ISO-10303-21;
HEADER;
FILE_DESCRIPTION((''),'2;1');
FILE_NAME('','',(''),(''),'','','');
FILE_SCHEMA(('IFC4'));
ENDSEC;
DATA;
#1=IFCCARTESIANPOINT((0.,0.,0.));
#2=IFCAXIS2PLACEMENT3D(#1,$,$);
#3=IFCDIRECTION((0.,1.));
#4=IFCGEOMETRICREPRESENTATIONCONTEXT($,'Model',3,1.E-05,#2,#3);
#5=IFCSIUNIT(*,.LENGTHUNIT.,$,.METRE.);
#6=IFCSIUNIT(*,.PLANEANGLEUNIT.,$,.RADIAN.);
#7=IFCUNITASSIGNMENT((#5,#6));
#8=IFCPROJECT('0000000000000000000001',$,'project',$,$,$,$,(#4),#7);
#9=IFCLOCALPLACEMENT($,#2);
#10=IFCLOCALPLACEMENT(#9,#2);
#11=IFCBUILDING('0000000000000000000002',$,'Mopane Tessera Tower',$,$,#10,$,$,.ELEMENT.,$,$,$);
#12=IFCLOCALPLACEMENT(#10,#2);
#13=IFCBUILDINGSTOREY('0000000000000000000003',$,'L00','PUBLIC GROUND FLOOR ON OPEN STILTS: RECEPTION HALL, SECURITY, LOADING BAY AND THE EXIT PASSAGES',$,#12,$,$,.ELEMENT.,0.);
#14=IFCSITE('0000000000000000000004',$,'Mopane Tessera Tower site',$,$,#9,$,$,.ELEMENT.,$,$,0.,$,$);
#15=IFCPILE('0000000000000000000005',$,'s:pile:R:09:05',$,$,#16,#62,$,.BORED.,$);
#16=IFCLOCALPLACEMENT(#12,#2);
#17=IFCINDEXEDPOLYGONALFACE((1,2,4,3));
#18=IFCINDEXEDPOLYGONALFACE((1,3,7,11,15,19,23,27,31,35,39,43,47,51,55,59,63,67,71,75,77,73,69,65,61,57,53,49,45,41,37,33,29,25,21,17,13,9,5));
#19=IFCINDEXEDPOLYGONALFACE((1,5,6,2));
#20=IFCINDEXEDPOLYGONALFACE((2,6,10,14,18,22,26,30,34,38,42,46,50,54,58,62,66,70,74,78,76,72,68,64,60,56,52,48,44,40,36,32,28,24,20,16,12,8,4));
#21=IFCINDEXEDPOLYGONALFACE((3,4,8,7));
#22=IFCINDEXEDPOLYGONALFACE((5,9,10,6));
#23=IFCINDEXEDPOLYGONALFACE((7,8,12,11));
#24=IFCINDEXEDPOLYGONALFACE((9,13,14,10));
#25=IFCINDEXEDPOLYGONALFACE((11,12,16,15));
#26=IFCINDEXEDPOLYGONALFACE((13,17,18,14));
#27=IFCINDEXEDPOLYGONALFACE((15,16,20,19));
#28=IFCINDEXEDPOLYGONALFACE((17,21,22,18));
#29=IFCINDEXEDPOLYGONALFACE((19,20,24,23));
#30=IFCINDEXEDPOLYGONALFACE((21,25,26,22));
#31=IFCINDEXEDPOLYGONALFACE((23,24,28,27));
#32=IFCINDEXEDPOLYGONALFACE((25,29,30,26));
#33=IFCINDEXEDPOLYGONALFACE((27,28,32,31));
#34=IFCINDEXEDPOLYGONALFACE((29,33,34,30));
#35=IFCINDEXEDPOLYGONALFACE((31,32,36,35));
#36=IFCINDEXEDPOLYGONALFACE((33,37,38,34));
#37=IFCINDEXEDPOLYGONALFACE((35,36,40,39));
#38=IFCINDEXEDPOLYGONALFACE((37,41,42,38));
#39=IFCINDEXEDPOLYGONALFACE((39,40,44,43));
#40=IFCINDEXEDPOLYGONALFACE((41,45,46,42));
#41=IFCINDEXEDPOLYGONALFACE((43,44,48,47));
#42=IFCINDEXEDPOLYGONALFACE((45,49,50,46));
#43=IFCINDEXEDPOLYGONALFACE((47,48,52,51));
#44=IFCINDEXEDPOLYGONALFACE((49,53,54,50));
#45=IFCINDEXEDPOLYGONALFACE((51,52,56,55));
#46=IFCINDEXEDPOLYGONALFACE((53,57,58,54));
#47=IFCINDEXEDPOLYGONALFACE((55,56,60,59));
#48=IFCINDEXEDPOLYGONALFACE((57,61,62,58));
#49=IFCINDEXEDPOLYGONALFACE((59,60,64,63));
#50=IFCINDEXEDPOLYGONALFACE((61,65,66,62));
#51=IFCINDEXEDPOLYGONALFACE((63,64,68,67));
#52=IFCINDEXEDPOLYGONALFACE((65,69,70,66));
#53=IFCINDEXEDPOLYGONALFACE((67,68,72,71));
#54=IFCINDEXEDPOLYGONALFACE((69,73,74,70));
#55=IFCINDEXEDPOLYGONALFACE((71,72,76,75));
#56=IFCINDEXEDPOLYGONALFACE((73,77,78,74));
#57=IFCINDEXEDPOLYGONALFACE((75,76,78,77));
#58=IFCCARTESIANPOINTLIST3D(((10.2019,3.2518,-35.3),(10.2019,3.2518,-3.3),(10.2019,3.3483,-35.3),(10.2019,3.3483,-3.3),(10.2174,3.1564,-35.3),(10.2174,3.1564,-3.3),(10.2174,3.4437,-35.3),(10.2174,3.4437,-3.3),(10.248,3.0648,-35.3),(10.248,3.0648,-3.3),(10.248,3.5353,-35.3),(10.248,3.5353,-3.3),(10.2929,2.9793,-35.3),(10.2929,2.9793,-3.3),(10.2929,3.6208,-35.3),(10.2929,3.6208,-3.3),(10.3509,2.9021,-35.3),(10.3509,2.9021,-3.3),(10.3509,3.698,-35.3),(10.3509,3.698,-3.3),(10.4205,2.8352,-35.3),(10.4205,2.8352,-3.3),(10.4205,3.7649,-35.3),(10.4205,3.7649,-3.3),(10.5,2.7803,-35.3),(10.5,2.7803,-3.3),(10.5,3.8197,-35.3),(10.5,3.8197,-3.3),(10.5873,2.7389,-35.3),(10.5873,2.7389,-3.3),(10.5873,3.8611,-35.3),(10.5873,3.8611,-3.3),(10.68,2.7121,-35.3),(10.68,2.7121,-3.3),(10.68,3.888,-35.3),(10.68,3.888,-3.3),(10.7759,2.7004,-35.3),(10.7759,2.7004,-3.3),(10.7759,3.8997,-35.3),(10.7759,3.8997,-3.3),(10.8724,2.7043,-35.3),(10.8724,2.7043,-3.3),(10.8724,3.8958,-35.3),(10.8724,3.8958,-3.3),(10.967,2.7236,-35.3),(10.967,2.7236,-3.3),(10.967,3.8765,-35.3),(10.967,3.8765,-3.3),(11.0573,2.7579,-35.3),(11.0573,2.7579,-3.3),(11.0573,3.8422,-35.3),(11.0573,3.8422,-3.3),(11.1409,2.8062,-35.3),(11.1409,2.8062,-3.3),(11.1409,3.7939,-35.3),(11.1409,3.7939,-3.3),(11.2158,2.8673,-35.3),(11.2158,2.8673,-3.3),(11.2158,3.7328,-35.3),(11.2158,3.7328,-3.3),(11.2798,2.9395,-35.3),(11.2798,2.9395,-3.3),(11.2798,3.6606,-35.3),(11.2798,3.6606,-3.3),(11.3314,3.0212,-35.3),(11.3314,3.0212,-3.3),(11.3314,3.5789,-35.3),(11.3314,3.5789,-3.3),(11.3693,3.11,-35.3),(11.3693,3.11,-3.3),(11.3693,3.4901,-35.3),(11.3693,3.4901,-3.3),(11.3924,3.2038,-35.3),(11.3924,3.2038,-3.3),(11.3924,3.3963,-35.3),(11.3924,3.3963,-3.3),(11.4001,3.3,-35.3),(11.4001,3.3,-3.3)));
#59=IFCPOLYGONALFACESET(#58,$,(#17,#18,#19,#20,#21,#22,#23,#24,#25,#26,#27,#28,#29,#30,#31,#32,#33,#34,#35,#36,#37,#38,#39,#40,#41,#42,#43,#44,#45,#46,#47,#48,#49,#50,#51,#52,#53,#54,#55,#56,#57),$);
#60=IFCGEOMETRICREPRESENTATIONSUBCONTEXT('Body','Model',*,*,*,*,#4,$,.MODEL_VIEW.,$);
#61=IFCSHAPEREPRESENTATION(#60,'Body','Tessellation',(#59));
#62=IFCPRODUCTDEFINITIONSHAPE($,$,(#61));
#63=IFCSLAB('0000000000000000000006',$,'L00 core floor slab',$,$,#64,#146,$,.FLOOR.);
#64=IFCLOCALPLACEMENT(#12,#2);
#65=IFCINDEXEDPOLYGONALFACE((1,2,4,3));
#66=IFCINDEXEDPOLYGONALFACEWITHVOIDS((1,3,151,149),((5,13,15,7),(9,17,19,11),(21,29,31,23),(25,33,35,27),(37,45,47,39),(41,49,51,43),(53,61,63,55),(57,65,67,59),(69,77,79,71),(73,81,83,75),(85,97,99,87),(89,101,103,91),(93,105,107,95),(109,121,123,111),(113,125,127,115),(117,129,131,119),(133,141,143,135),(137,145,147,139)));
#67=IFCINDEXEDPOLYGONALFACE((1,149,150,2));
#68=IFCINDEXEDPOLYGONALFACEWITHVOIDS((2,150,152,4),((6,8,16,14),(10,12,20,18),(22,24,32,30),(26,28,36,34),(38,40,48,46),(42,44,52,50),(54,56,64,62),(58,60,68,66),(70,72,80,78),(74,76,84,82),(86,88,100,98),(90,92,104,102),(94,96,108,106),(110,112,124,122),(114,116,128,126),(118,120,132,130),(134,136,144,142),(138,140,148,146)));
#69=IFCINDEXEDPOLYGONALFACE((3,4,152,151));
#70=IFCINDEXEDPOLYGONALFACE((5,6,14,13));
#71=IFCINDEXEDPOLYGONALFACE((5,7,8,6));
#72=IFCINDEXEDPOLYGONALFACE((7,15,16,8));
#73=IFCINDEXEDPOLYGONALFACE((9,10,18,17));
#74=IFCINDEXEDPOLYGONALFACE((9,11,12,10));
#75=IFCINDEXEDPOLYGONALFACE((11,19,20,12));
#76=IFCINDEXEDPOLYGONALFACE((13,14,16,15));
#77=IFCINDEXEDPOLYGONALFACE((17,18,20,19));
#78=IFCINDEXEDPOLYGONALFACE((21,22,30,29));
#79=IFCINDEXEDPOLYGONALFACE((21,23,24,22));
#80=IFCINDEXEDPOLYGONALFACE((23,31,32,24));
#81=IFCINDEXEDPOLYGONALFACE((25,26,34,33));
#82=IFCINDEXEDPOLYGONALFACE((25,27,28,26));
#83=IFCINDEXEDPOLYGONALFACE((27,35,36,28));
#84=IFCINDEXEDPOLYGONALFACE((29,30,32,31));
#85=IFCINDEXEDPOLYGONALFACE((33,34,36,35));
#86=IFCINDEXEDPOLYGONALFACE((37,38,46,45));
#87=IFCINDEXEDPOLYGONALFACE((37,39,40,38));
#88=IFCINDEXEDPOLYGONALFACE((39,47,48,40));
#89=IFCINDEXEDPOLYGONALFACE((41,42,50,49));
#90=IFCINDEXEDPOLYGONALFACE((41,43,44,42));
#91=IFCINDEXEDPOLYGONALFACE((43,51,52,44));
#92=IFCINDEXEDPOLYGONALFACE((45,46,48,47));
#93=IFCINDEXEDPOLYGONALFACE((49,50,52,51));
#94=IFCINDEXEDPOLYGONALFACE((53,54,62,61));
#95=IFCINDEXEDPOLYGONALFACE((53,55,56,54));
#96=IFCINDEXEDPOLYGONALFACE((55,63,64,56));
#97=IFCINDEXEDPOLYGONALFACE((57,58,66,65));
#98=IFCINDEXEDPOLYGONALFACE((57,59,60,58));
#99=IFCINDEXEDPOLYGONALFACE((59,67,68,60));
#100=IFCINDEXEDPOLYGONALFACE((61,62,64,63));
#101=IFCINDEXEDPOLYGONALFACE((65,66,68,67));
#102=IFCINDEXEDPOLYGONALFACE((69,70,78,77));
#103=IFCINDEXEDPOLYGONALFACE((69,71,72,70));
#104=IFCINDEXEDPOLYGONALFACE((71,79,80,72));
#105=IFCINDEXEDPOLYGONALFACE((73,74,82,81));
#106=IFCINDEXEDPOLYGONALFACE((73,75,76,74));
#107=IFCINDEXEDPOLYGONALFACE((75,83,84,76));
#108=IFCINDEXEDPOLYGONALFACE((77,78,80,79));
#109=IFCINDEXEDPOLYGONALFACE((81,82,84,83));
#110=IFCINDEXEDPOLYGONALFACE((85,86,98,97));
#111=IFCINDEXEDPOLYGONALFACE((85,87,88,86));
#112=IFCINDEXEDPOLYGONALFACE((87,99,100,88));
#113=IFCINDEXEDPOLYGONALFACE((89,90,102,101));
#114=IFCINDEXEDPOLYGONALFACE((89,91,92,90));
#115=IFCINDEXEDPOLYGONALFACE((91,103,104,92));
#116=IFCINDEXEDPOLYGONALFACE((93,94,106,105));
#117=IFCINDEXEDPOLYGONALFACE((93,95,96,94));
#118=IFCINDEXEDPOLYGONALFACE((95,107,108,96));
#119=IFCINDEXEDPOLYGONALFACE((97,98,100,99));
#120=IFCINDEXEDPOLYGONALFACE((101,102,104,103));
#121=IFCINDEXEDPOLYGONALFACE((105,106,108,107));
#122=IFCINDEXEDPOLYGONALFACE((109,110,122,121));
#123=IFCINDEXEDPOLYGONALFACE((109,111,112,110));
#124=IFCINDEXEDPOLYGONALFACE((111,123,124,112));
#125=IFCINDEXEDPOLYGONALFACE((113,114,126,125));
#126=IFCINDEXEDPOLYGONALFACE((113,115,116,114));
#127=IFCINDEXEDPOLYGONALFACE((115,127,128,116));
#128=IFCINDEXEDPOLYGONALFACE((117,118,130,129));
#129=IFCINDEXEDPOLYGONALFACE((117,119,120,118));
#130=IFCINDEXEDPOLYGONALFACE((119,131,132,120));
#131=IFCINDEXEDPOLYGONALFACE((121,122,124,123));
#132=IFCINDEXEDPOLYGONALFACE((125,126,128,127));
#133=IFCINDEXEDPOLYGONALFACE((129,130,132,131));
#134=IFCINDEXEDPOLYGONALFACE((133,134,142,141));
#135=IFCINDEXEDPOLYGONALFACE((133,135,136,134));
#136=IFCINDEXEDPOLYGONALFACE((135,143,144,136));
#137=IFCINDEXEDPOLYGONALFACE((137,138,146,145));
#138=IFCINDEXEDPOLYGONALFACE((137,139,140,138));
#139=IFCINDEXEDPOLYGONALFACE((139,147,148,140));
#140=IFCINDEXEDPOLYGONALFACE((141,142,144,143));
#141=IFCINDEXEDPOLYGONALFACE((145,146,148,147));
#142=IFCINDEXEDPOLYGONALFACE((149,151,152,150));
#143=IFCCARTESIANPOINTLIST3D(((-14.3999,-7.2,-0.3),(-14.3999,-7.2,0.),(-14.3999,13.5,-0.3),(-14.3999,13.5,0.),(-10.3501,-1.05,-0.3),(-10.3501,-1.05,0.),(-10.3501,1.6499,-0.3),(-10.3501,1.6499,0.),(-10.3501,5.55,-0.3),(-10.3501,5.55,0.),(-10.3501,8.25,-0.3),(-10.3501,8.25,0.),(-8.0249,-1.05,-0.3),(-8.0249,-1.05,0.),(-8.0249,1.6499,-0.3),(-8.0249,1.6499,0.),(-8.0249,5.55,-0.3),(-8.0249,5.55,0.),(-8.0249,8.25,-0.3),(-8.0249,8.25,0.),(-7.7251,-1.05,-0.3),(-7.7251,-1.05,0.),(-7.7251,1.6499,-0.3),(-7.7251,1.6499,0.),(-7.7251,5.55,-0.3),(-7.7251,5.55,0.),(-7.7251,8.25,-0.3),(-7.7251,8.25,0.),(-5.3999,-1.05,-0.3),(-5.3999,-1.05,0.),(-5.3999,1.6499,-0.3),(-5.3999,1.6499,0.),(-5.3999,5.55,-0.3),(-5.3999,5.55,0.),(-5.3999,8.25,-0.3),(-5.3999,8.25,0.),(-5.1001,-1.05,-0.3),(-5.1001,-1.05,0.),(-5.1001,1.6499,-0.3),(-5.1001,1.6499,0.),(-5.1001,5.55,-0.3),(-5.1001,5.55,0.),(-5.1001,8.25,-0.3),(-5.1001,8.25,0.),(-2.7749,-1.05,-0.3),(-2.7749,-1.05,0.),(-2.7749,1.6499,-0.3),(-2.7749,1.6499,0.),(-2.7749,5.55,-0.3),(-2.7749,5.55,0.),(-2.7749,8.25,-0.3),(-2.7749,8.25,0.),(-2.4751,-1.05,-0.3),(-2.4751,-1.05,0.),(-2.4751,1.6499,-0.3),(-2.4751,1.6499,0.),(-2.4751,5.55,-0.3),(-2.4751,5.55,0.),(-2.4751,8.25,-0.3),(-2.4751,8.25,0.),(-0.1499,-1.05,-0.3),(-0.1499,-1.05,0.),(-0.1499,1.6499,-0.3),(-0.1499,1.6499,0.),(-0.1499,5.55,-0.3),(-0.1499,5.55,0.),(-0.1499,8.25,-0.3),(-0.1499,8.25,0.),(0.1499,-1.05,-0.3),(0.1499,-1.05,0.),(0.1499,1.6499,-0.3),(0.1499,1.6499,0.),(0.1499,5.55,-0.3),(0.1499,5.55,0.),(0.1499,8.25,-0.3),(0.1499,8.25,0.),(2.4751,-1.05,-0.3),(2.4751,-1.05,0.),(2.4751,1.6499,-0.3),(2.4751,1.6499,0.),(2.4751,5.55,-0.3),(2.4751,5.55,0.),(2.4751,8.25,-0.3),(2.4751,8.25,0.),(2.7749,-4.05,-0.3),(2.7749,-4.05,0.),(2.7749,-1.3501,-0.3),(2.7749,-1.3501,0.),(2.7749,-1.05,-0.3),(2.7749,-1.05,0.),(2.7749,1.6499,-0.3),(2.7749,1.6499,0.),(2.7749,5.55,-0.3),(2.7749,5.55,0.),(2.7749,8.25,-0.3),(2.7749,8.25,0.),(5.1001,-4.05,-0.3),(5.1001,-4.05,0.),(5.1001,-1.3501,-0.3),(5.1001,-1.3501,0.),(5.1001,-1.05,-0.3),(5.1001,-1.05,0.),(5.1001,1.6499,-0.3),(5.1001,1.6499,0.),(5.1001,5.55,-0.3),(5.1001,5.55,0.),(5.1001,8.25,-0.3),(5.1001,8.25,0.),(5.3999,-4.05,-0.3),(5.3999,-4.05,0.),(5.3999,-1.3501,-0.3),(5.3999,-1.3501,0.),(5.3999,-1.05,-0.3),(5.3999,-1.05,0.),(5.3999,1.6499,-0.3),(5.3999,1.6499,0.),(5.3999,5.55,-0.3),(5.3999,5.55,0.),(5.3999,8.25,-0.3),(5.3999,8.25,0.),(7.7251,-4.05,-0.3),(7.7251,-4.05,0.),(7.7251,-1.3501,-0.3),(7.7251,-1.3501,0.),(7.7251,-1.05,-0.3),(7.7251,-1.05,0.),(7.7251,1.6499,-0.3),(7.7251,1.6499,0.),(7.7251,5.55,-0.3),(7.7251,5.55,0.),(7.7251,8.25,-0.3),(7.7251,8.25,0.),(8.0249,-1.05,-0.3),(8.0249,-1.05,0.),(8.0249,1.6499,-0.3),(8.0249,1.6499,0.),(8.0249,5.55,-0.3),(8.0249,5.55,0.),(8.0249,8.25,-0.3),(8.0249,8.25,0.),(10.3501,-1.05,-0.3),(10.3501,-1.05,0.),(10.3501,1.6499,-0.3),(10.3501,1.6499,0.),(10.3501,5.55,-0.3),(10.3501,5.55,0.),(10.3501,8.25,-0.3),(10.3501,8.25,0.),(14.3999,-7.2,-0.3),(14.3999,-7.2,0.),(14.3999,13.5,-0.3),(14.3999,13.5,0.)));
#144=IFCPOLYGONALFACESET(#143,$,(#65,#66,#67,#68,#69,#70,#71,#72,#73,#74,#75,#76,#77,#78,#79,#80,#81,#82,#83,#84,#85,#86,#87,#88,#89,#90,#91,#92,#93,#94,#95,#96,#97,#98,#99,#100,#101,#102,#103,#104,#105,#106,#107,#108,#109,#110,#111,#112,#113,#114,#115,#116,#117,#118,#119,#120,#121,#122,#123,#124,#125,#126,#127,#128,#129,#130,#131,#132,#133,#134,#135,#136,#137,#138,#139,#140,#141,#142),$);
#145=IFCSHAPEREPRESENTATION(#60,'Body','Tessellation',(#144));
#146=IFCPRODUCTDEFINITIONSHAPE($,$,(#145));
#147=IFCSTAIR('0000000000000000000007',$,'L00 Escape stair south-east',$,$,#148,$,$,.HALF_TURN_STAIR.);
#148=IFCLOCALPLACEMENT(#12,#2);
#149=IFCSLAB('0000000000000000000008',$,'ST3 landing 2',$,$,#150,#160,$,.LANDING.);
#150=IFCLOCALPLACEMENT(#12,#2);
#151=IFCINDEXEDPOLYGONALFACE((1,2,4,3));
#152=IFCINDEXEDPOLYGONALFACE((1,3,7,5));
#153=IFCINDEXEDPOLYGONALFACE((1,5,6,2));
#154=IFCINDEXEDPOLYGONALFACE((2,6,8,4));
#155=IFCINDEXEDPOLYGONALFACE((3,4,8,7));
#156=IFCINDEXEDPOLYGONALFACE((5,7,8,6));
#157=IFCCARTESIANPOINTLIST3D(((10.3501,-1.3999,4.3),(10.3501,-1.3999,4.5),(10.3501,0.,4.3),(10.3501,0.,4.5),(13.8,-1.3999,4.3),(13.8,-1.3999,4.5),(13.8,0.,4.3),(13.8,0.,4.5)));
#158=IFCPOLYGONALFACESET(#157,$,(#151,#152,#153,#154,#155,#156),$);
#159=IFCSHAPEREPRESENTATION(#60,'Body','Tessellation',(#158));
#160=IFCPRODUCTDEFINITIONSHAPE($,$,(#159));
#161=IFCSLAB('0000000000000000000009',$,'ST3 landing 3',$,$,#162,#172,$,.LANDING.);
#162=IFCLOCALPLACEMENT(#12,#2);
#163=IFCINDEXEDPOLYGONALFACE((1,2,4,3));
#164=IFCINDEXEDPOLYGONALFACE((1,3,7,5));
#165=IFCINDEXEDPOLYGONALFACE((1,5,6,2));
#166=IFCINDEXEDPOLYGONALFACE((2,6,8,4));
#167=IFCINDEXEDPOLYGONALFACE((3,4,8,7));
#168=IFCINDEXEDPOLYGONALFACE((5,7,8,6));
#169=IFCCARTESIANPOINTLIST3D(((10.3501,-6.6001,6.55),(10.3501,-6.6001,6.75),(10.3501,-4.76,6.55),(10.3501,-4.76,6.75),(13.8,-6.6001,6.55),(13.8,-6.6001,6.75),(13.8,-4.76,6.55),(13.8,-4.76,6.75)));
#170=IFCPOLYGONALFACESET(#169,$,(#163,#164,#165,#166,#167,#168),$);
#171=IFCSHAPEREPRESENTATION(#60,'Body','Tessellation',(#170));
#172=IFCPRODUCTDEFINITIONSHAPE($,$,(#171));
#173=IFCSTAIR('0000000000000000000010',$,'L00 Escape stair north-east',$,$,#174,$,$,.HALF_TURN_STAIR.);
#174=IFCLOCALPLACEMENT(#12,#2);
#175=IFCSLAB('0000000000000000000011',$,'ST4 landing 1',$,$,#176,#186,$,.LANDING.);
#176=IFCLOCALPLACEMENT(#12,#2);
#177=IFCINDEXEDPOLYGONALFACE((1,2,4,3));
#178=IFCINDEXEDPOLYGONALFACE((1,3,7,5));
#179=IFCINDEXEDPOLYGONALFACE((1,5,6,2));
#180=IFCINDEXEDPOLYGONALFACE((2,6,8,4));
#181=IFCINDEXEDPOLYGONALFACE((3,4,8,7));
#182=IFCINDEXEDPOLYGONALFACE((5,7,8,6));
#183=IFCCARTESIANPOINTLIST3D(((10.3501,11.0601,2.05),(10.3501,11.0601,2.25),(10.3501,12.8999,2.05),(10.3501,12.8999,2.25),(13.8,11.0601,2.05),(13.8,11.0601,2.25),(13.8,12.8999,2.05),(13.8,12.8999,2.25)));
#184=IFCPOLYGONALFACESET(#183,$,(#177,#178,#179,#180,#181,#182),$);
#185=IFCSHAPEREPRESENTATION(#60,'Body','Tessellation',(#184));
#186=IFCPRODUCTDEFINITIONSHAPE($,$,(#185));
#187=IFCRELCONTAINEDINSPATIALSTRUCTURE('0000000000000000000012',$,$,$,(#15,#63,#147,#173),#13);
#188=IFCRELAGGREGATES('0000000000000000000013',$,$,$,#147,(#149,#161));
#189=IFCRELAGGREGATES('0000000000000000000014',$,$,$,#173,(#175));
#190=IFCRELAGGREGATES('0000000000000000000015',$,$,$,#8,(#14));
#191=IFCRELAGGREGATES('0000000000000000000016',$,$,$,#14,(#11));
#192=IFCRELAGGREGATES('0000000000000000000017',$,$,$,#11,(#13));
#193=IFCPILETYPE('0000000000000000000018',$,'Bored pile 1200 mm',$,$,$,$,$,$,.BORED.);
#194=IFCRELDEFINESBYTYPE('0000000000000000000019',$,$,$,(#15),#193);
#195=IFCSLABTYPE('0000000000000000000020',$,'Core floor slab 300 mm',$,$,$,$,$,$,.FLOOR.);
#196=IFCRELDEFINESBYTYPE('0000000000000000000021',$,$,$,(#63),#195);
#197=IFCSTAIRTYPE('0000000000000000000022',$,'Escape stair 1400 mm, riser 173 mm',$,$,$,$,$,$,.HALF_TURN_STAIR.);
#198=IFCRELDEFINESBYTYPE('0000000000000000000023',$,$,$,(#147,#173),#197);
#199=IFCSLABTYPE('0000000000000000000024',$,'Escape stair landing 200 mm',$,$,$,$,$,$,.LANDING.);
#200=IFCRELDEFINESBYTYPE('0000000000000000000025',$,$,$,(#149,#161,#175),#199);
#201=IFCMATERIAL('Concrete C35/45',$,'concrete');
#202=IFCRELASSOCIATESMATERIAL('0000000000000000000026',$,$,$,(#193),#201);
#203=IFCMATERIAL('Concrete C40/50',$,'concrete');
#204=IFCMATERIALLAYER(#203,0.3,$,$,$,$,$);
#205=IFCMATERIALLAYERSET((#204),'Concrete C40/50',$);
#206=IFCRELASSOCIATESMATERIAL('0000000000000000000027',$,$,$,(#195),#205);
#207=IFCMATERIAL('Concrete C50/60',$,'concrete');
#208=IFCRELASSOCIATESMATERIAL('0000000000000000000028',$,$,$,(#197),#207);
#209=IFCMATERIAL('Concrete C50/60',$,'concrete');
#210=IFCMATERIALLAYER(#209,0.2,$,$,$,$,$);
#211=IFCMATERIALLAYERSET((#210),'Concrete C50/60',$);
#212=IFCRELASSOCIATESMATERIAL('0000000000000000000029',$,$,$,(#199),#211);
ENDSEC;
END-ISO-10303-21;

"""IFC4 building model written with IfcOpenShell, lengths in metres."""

from ifc_helpers import new_model, si_unit, direction, frame, origin, origin_2d, place, context, subcontext, project, spatial, polyline, circle, outline, extrude, material, layer, layer_set, material_profile, profile_set, type_object, element, aggregate, save


model = new_model("IFC4")

# Units and contexts
model_context = context("Model", 3, precision=1e-05, world=origin(), true_north=direction((0.0, 1.0)))
body_context = subcontext(model_context, "Body", "Model", "MODEL_VIEW")
ifc_project = project(units=[si_unit("LENGTHUNIT", "METRE"), si_unit("PLANEANGLEUNIT", "RADIAN")], contexts=[model_context])

# Site, building, storey
site_placement = place(None, origin())
site = spatial("IfcSite", under=ifc_project, at=site_placement, Name="Mopane Tessera Tower site", CompositionType="ELEMENT", RefElevation=0.0)
building_placement = place(site_placement, origin())
building = spatial("IfcBuilding", under=site, at=building_placement, Name="Mopane Tessera Tower", CompositionType="ELEMENT")
storey_placement = place(building_placement, origin())
storey = spatial("IfcBuildingStorey", under=building, at=storey_placement, Name="L00", Description="PUBLIC GROUND FLOOR ON OPEN STILTS: RECEPTION HALL, SECURITY, LOADING BAY AND THE EXIT PASSAGES", CompositionType="ELEMENT", Elevation=0.0)

# Pile
ifc_material_1 = material(Name="Concrete C35/45", Category="concrete")
ifc_material_profile = material_profile(ifc_material_1, circle(Radius=0.6001, at=origin_2d()))
ifc_profile_set = profile_set([ifc_material_profile], Name="Concrete C35/45")
pile_type = type_object("IfcPileType", Name="Bored pile 1200 mm", PredefinedType="BORED", material=ifc_profile_set)
for number, where, z_axis, x_axis, name in (
    (1, (10.8, 3.3, -3.3), (0.0, 0.0, -1.0), (1.0, 0.0, 0.0), "s:pile:R:09:05"),
):
    element("IfcPile", number, at=place(storey_placement, frame(where, z_axis=z_axis, x_axis=x_axis)), inside=storey, type_object=pile_type, Name=name, PredefinedType="BORED", context=body_context, shape_type="SweptSolid", body=[
        extrude(circle(Radius=0.6001, at=origin_2d()), origin(), (0.0, 0.0, 1.0), 32.0),
    ])

# Slab
ifc_material_2 = material(Name="Concrete C40/50", Category="concrete")
ifc_layer_1 = layer(ifc_material_2, 0.3)
ifc_layer_set_1 = layer_set([ifc_layer_1], Name="Concrete C40/50")
slab_type_1 = type_object("IfcSlabType", Name="Core floor slab 300 mm", PredefinedType="FLOOR", material=ifc_layer_set_1)
slab_1_placement = place(storey_placement, frame((0.0, 0.0, -0.3)))
element("IfcSlab", 2, at=slab_1_placement, inside=storey, type_object=slab_type_1, Name="L00 core floor slab", PredefinedType="FLOOR", context=body_context, shape_type="SweptSolid", body=[
    extrude(outline(polyline([(-14.3999, -7.2), (14.3999, -7.2), (14.3999, 13.5), (-14.3999, 13.5), (-14.3999, -7.2)]), holes=[polyline([(-10.3501, -1.05), (-8.0249, -1.05), (-8.0249, 1.6499), (-10.3501, 1.6499), (-10.3501, -1.05)]), polyline([(-7.7251, -1.05), (-5.3999, -1.05), (-5.3999, 1.6499), (-7.7251, 1.6499), (-7.7251, -1.05)]), polyline([(-5.1001, -1.05), (-2.7749, -1.05), (-2.7749, 1.6499), (-5.1001, 1.6499), (-5.1001, -1.05)]), polyline([(-2.4751, -1.05), (-0.1499, -1.05), (-0.1499, 1.6499), (-2.4751, 1.6499), (-2.4751, -1.05)]), polyline([(0.1499, -1.05), (2.4751, -1.05), (2.4751, 1.6499), (0.1499, 1.6499), (0.1499, -1.05)]), polyline([(2.7749, -1.05), (5.1001, -1.05), (5.1001, 1.6499), (2.7749, 1.6499), (2.7749, -1.05)]), polyline([(5.3999, -1.05), (7.7251, -1.05), (7.7251, 1.6499), (5.3999, 1.6499), (5.3999, -1.05)]), polyline([(8.0249, -1.05), (10.3501, -1.05), (10.3501, 1.6499), (8.0249, 1.6499), (8.0249, -1.05)]), polyline([(-10.3501, 5.55), (-8.0249, 5.55), (-8.0249, 8.25), (-10.3501, 8.25), (-10.3501, 5.55)]), polyline([(-7.7251, 5.55), (-5.3999, 5.55), (-5.3999, 8.25), (-7.7251, 8.25), (-7.7251, 5.55)]), polyline([(-5.1001, 5.55), (-2.7749, 5.55), (-2.7749, 8.25), (-5.1001, 8.25), (-5.1001, 5.55)]), polyline([(-2.4751, 5.55), (-0.1499, 5.55), (-0.1499, 8.25), (-2.4751, 8.25), (-2.4751, 5.55)]), polyline([(0.1499, 5.55), (2.4751, 5.55), (2.4751, 8.25), (0.1499, 8.25), (0.1499, 5.55)]), polyline([(2.7749, 5.55), (5.1001, 5.55), (5.1001, 8.25), (2.7749, 8.25), (2.7749, 5.55)]), polyline([(5.3999, 5.55), (7.7251, 5.55), (7.7251, 8.25), (5.3999, 8.25), (5.3999, 5.55)]), polyline([(8.0249, 5.55), (10.3501, 5.55), (10.3501, 8.25), (8.0249, 8.25), (8.0249, 5.55)]), polyline([(2.7749, -4.05), (5.1001, -4.05), (5.1001, -1.3501), (2.7749, -1.3501), (2.7749, -4.05)]), polyline([(5.3999, -4.05), (7.7251, -4.05), (7.7251, -1.3501), (5.3999, -1.3501), (5.3999, -4.05)])]), origin(), (0.0, 0.0, 1.0), 0.3),
])

# Stairs, slabs
ifc_material_3 = material(Name="Concrete C50/60", Category="concrete")
stair_type = type_object("IfcStairType", Name="Escape stair 1400 mm, riser 173 mm", PredefinedType="HALF_TURN_STAIR", material=ifc_material_3)
stair_1_placement = place(storey_placement, origin())
stair_1 = element("IfcStair", 3, at=stair_1_placement, inside=storey, type_object=stair_type, Name="L00 Escape stair south-east", PredefinedType="HALF_TURN_STAIR")
ifc_material_4 = material(Name="Concrete C50/60", Category="concrete")
ifc_layer_2 = layer(ifc_material_4, 0.2)
ifc_layer_set_2 = layer_set([ifc_layer_2], Name="Concrete C50/60")
slab_type_2 = type_object("IfcSlabType", Name="Escape stair landing 200 mm", PredefinedType="LANDING", material=ifc_layer_set_2)
slab_2_placement = place(storey_placement, frame((0.0, 0.0, 4.3)))
slab_2 = element("IfcSlab", 4, at=slab_2_placement, type_object=slab_type_2, Name="ST3 landing 2", PredefinedType="LANDING", context=body_context, shape_type="SweptSolid", body=[
    extrude(outline(polyline([(10.3501, 0.0), (10.3501, -1.3999), (13.8, -1.3999), (13.8, 0.0), (10.3501, 0.0)])), origin(), (0.0, 0.0, 1.0), 0.2),
])
slab_3_placement = place(storey_placement, frame((0.0, 0.0, 6.55)))
slab_3 = element("IfcSlab", 5, at=slab_3_placement, type_object=slab_type_2, Name="ST3 landing 3", PredefinedType="LANDING", context=body_context, shape_type="SweptSolid", body=[
    extrude(outline(polyline([(10.3501, -4.76), (10.3501, -6.6001), (13.8, -6.6001), (13.8, -4.76), (10.3501, -4.76)])), origin(), (0.0, 0.0, 1.0), 0.2),
])
aggregate(stair_1, [slab_2, slab_3])
stair_2_placement = place(storey_placement, origin())
stair_2 = element("IfcStair", 6, at=stair_2_placement, inside=storey, type_object=stair_type, Name="L00 Escape stair north-east", PredefinedType="HALF_TURN_STAIR")
slab_4_placement = place(storey_placement, frame((0.0, 0.0, 2.05)))
slab_4 = element("IfcSlab", 7, at=slab_4_placement, type_object=slab_type_2, Name="ST4 landing 1", PredefinedType="LANDING", context=body_context, shape_type="SweptSolid", body=[
    extrude(outline(polyline([(13.8, 11.0601), (13.8, 12.8999), (10.3501, 12.8999), (10.3501, 11.0601), (13.8, 11.0601)])), origin(), (0.0, 0.0, 1.0), 0.2),
])
aggregate(stair_2, [slab_4])

save(model, "model.ifc")
